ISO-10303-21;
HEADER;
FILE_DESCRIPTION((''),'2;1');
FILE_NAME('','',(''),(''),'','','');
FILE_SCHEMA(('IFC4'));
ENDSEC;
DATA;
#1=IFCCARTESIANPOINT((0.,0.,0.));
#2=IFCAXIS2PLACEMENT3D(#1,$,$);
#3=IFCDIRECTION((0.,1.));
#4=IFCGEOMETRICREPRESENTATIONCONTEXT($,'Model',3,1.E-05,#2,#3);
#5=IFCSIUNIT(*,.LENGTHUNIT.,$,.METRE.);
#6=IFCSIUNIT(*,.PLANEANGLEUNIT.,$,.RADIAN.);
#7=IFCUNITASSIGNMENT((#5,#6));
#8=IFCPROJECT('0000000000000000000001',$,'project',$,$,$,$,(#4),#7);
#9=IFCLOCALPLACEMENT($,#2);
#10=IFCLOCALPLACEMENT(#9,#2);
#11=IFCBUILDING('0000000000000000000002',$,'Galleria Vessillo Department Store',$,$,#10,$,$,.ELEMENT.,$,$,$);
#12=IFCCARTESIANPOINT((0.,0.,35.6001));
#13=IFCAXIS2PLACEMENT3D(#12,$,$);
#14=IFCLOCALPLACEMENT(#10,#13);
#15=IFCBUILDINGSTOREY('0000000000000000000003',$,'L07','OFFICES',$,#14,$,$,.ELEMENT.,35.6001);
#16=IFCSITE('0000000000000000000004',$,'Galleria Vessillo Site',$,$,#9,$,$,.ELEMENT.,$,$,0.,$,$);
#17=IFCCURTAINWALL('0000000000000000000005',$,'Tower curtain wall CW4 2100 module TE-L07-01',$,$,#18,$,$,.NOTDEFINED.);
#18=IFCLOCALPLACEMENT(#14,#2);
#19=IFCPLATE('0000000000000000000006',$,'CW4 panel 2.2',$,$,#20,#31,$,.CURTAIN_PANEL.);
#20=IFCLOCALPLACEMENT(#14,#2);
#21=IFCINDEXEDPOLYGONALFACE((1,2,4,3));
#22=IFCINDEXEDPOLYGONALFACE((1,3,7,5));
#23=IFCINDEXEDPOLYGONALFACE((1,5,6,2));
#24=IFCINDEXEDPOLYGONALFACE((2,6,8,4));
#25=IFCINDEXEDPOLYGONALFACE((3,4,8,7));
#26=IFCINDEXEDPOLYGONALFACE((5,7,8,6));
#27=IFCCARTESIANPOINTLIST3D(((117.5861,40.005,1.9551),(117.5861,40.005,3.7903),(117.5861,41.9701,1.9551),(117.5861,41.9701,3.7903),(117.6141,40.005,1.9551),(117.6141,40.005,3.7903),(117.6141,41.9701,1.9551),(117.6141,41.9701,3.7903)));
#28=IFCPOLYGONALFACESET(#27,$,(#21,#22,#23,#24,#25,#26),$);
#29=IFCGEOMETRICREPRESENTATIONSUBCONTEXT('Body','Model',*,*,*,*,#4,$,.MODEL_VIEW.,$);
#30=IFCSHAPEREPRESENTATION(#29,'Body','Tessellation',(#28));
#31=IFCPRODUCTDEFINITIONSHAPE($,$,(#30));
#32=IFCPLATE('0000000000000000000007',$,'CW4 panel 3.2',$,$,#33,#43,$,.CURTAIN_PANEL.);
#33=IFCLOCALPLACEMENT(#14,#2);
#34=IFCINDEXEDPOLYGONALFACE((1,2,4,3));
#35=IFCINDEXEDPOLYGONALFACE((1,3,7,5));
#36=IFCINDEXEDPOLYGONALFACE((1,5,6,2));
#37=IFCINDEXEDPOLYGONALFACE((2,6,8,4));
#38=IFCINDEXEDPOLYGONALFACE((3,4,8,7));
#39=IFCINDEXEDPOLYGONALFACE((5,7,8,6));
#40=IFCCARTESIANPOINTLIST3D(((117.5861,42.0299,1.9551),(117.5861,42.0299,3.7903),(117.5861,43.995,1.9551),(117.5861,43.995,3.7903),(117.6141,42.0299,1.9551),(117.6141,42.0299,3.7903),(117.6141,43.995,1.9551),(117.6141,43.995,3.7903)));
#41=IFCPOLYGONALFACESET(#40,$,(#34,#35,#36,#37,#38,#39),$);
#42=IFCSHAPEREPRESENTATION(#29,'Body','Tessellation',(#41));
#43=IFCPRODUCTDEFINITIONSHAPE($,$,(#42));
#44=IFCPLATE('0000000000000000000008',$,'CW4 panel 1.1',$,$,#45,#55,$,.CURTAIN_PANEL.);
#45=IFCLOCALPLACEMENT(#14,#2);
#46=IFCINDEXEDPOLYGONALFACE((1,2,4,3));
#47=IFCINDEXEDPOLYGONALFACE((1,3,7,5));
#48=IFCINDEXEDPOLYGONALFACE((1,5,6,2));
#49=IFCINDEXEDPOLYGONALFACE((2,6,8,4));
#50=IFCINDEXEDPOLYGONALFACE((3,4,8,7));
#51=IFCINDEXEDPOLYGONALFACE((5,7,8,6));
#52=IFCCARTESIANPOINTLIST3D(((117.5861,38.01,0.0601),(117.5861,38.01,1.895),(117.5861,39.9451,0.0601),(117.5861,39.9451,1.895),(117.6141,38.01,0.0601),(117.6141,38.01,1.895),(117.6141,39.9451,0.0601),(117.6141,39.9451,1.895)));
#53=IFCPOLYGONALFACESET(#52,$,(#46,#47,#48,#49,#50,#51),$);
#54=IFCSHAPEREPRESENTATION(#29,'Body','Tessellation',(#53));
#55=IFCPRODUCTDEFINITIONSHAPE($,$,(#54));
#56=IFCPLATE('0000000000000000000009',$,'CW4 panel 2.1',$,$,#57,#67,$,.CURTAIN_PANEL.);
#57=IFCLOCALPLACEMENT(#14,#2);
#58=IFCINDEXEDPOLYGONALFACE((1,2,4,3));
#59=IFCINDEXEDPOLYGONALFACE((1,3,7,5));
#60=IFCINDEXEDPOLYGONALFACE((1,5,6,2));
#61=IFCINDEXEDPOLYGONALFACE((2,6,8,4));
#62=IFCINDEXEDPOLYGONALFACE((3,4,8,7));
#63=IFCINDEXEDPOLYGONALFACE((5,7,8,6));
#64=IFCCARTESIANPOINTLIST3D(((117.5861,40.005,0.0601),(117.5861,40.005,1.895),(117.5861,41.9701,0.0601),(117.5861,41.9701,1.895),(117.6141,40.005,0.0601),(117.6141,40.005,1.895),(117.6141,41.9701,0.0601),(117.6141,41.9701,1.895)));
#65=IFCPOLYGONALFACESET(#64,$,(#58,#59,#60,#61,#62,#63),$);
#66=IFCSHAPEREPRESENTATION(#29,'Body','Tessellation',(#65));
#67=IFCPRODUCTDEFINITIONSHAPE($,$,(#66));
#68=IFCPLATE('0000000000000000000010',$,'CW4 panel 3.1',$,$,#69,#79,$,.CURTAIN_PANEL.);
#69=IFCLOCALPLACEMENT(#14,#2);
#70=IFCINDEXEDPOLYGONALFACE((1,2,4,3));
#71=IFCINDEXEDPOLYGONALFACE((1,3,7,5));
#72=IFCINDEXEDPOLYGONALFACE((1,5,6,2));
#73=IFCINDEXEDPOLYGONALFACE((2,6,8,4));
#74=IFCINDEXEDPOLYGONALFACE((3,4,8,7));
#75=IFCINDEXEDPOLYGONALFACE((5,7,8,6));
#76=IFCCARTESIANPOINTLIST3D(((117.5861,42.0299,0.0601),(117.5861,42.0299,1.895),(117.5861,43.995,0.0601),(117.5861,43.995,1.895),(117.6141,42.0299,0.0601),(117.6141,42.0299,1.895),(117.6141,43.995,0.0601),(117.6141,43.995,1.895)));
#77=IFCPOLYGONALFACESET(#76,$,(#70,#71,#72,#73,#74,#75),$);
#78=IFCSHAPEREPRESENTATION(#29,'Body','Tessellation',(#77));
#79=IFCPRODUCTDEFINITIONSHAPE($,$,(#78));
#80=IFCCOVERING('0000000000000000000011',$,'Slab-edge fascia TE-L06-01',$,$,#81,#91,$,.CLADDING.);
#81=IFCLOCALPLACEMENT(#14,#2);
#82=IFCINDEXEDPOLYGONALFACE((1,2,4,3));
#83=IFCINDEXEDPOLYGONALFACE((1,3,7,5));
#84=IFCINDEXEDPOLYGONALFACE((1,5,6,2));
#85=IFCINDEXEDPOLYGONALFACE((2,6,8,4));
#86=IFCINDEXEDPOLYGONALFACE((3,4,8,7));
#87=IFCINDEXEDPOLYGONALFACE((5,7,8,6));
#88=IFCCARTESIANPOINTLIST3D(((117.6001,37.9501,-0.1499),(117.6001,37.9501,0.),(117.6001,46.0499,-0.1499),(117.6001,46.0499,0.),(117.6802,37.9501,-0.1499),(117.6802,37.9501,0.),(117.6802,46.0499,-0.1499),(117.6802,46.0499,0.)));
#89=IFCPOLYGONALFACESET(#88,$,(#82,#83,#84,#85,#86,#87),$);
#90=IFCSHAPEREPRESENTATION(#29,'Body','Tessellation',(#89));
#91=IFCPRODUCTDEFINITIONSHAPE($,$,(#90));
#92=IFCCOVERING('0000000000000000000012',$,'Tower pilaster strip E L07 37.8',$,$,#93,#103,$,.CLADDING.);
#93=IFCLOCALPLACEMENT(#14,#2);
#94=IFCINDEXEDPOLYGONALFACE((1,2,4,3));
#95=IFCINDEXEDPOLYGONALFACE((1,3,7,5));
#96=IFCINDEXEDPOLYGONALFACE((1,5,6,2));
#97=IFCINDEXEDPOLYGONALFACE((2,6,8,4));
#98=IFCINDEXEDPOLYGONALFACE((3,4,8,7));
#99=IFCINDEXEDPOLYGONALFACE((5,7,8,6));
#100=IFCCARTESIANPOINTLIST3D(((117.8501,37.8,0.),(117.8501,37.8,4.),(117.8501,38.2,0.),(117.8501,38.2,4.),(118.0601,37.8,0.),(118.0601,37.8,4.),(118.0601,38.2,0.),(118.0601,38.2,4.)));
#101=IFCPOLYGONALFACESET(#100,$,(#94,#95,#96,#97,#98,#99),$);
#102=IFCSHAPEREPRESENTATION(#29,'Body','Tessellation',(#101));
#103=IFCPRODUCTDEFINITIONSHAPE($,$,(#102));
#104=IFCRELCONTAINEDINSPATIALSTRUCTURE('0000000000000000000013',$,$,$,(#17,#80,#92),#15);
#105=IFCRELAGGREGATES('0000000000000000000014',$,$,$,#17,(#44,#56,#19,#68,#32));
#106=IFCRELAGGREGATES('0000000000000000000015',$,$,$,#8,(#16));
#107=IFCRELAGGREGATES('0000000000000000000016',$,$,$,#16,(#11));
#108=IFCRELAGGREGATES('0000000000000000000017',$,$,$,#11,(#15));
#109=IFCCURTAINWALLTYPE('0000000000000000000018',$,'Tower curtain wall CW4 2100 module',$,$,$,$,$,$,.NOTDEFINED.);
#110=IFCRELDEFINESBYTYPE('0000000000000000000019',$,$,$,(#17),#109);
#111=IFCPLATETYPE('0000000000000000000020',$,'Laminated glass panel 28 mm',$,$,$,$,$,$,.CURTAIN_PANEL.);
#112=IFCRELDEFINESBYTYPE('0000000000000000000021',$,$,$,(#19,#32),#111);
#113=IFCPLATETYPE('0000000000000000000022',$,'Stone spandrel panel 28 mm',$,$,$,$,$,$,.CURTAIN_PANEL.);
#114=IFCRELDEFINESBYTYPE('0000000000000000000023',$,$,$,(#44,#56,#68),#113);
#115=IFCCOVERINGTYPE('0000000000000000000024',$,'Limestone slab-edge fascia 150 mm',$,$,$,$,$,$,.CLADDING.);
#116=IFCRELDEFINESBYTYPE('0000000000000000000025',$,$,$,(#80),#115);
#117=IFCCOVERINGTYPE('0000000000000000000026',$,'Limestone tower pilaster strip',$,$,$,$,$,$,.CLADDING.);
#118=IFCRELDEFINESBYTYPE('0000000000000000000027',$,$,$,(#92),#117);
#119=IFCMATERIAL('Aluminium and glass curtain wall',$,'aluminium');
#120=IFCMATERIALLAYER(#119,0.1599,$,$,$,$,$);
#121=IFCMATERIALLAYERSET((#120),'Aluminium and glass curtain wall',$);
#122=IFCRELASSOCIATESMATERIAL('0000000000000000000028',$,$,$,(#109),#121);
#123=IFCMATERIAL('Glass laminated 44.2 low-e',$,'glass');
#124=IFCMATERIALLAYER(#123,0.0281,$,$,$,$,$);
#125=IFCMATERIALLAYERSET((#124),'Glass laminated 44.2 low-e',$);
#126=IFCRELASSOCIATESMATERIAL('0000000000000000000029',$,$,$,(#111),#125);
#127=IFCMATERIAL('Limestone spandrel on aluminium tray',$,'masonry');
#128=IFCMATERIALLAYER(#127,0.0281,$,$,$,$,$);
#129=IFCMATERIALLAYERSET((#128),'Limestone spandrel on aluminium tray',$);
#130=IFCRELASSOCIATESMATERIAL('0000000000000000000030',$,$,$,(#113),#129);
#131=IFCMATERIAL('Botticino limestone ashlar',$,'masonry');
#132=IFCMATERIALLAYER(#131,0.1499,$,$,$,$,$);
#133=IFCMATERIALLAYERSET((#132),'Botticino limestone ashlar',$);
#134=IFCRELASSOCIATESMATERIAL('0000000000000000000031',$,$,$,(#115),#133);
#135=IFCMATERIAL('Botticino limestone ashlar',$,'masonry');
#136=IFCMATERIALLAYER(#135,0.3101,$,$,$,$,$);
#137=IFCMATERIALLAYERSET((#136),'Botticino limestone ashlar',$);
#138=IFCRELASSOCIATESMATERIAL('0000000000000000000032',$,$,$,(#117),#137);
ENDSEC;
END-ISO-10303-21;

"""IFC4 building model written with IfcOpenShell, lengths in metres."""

from ifc_helpers import new_model, si_unit, direction, frame, origin, origin_2d, place, context, subcontext, project, spatial, rectangle, extrude, material, layer, layer_set, type_object, element, aggregate, save


model = new_model("IFC4")

# Units and contexts
model_context = context("Model", 3, precision=1e-05, world=origin(), true_north=direction((0.0, 1.0)))
body_context = subcontext(model_context, "Body", "Model", "MODEL_VIEW")
ifc_project = project(units=[si_unit("LENGTHUNIT", "METRE"), si_unit("PLANEANGLEUNIT", "RADIAN")], contexts=[model_context])

# Site, building, storey
site_placement = place(None, origin())
site = spatial("IfcSite", under=ifc_project, at=site_placement, Name="Galleria Vessillo Site", CompositionType="ELEMENT", RefElevation=0.0)
building_placement = place(site_placement, origin())
building = spatial("IfcBuilding", under=site, at=building_placement, Name="Galleria Vessillo Department Store", CompositionType="ELEMENT")
storey_placement = place(building_placement, frame((0.0, 0.0, 35.6001)))
storey = spatial("IfcBuildingStorey", under=building, at=storey_placement, Name="L07", Description="OFFICES", CompositionType="ELEMENT", Elevation=35.6001)

# Curtain wall, plates
ifc_material_1 = material(Name="Aluminium and glass curtain wall", Category="aluminium")
ifc_layer_1 = layer(ifc_material_1, 0.1599)
ifc_layer_set_1 = layer_set([ifc_layer_1], Name="Aluminium and glass curtain wall")
curtain_wall_type = type_object("IfcCurtainWallType", Name="Tower curtain wall CW4 2100 module", PredefinedType="NOTDEFINED", material=ifc_layer_set_1)
curtain_wall_placement = place(storey_placement, origin())
curtain_wall = element("IfcCurtainWall", 1, at=curtain_wall_placement, inside=storey, type_object=curtain_wall_type, Name="Tower curtain wall CW4 2100 module TE-L07-01", PredefinedType="NOTDEFINED")
ifc_material_2 = material(Name="Glass laminated 44.2 low-e", Category="glass")
ifc_layer_2 = layer(ifc_material_2, 0.0281)
ifc_layer_set_2 = layer_set([ifc_layer_2], Name="Glass laminated 44.2 low-e")
plate_type_1 = type_object("IfcPlateType", Name="Laminated glass panel 28 mm", PredefinedType="CURTAIN_PANEL", material=ifc_layer_set_2)
plate_1_placement = place(storey_placement, frame((117.6001, 40.9875, 1.9551), z_axis=(0.0, 0.0, 1.0), x_axis=(0.0, 1.0, 0.0)))
plate_1 = element("IfcPlate", 2, at=plate_1_placement, type_object=plate_type_1, Name="CW4 panel 2.2", PredefinedType="CURTAIN_PANEL", context=body_context, shape_type="SweptSolid", body=[
    extrude(rectangle(XDim=1.9651, YDim=0.0281, at=origin_2d()), origin(), (0.0, 0.0, 1.0), 1.8352),
])
plate_2_placement = place(storey_placement, frame((117.6001, 43.0125, 1.9551), z_axis=(0.0, 0.0, 1.0), x_axis=(0.0, 1.0, 0.0)))
plate_2 = element("IfcPlate", 3, at=plate_2_placement, type_object=plate_type_1, Name="CW4 panel 3.2", PredefinedType="CURTAIN_PANEL", context=body_context, shape_type="SweptSolid", body=[
    extrude(rectangle(XDim=1.9651, YDim=0.0281, at=origin_2d()), origin(), (0.0, 0.0, 1.0), 1.8352),
])
ifc_material_3 = material(Name="Limestone spandrel on aluminium tray", Category="masonry")
ifc_layer_3 = layer(ifc_material_3, 0.0281)
ifc_layer_set_3 = layer_set([ifc_layer_3], Name="Limestone spandrel on aluminium tray")
plate_type_2 = type_object("IfcPlateType", Name="Stone spandrel panel 28 mm", PredefinedType="CURTAIN_PANEL", material=ifc_layer_set_3)
plate_3_placement = place(storey_placement, frame((117.6001, 38.9775, 0.0601), z_axis=(0.0, 0.0, 1.0), x_axis=(0.0, 1.0, 0.0)))
plate_3 = element("IfcPlate", 4, at=plate_3_placement, type_object=plate_type_2, Name="CW4 panel 1.1", PredefinedType="CURTAIN_PANEL", context=body_context, shape_type="SweptSolid", body=[
    extrude(rectangle(XDim=1.9351, YDim=0.0281, at=origin_2d()), origin(), (0.0, 0.0, 1.0), 1.835),
])
plate_4_placement = place(storey_placement, frame((117.6001, 40.9875, 0.0601), z_axis=(0.0, 0.0, 1.0), x_axis=(0.0, 1.0, 0.0)))
plate_4 = element("IfcPlate", 5, at=plate_4_placement, type_object=plate_type_2, Name="CW4 panel 2.1", PredefinedType="CURTAIN_PANEL", context=body_context, shape_type="SweptSolid", body=[
    extrude(rectangle(XDim=1.9651, YDim=0.0281, at=origin_2d()), origin(), (0.0, 0.0, 1.0), 1.835),
])
plate_5_placement = place(storey_placement, frame((117.6001, 43.0125, 0.0601), z_axis=(0.0, 0.0, 1.0), x_axis=(0.0, 1.0, 0.0)))
plate_5 = element("IfcPlate", 6, at=plate_5_placement, type_object=plate_type_2, Name="CW4 panel 3.1", PredefinedType="CURTAIN_PANEL", context=body_context, shape_type="SweptSolid", body=[
    extrude(rectangle(XDim=1.9651, YDim=0.0281, at=origin_2d()), origin(), (0.0, 0.0, 1.0), 1.835),
])
aggregate(curtain_wall, [plate_3, plate_4, plate_1, plate_5, plate_2])

# Coverings
ifc_material_4 = material(Name="Botticino limestone ashlar", Category="masonry")
ifc_layer_4 = layer(ifc_material_4, 0.1499)
ifc_layer_set_4 = layer_set([ifc_layer_4], Name="Botticino limestone ashlar")
covering_type_1 = type_object("IfcCoveringType", Name="Limestone slab-edge fascia 150 mm", PredefinedType="CLADDING", material=ifc_layer_set_4)
covering_1_placement = place(storey_placement, frame((117.6401, 42.0, -0.1499), z_axis=(0.0, 0.0, 1.0), x_axis=(1.0, 0.0, 0.0)))
element("IfcCovering", 7, at=covering_1_placement, inside=storey, type_object=covering_type_1, Name="Slab-edge fascia TE-L06-01", PredefinedType="CLADDING", context=body_context, shape_type="SweptSolid", body=[
    extrude(rectangle(XDim=0.0801, YDim=8.0999, at=origin_2d()), origin(), (0.0, 0.0, 1.0), 0.1499),
])
ifc_material_5 = material(Name="Botticino limestone ashlar", Category="masonry")
ifc_layer_5 = layer(ifc_material_5, 0.3101)
ifc_layer_set_5 = layer_set([ifc_layer_5], Name="Botticino limestone ashlar")
covering_type_2 = type_object("IfcCoveringType", Name="Limestone tower pilaster strip", PredefinedType="CLADDING", material=ifc_layer_set_5)
covering_2_placement = place(storey_placement, frame((117.9551, 38.0, 0.0), z_axis=(0.0, 0.0, 1.0), x_axis=(1.0, 0.0, 0.0)))
element("IfcCovering", 8, at=covering_2_placement, inside=storey, type_object=covering_type_2, Name="Tower pilaster strip E L07 37.8", PredefinedType="CLADDING", context=body_context, shape_type="SweptSolid", body=[
    extrude(rectangle(XDim=0.21, YDim=0.3999, at=origin_2d()), origin(), (0.0, 0.0, 1.0), 4.0),
])

save(model, "model.ifc")
